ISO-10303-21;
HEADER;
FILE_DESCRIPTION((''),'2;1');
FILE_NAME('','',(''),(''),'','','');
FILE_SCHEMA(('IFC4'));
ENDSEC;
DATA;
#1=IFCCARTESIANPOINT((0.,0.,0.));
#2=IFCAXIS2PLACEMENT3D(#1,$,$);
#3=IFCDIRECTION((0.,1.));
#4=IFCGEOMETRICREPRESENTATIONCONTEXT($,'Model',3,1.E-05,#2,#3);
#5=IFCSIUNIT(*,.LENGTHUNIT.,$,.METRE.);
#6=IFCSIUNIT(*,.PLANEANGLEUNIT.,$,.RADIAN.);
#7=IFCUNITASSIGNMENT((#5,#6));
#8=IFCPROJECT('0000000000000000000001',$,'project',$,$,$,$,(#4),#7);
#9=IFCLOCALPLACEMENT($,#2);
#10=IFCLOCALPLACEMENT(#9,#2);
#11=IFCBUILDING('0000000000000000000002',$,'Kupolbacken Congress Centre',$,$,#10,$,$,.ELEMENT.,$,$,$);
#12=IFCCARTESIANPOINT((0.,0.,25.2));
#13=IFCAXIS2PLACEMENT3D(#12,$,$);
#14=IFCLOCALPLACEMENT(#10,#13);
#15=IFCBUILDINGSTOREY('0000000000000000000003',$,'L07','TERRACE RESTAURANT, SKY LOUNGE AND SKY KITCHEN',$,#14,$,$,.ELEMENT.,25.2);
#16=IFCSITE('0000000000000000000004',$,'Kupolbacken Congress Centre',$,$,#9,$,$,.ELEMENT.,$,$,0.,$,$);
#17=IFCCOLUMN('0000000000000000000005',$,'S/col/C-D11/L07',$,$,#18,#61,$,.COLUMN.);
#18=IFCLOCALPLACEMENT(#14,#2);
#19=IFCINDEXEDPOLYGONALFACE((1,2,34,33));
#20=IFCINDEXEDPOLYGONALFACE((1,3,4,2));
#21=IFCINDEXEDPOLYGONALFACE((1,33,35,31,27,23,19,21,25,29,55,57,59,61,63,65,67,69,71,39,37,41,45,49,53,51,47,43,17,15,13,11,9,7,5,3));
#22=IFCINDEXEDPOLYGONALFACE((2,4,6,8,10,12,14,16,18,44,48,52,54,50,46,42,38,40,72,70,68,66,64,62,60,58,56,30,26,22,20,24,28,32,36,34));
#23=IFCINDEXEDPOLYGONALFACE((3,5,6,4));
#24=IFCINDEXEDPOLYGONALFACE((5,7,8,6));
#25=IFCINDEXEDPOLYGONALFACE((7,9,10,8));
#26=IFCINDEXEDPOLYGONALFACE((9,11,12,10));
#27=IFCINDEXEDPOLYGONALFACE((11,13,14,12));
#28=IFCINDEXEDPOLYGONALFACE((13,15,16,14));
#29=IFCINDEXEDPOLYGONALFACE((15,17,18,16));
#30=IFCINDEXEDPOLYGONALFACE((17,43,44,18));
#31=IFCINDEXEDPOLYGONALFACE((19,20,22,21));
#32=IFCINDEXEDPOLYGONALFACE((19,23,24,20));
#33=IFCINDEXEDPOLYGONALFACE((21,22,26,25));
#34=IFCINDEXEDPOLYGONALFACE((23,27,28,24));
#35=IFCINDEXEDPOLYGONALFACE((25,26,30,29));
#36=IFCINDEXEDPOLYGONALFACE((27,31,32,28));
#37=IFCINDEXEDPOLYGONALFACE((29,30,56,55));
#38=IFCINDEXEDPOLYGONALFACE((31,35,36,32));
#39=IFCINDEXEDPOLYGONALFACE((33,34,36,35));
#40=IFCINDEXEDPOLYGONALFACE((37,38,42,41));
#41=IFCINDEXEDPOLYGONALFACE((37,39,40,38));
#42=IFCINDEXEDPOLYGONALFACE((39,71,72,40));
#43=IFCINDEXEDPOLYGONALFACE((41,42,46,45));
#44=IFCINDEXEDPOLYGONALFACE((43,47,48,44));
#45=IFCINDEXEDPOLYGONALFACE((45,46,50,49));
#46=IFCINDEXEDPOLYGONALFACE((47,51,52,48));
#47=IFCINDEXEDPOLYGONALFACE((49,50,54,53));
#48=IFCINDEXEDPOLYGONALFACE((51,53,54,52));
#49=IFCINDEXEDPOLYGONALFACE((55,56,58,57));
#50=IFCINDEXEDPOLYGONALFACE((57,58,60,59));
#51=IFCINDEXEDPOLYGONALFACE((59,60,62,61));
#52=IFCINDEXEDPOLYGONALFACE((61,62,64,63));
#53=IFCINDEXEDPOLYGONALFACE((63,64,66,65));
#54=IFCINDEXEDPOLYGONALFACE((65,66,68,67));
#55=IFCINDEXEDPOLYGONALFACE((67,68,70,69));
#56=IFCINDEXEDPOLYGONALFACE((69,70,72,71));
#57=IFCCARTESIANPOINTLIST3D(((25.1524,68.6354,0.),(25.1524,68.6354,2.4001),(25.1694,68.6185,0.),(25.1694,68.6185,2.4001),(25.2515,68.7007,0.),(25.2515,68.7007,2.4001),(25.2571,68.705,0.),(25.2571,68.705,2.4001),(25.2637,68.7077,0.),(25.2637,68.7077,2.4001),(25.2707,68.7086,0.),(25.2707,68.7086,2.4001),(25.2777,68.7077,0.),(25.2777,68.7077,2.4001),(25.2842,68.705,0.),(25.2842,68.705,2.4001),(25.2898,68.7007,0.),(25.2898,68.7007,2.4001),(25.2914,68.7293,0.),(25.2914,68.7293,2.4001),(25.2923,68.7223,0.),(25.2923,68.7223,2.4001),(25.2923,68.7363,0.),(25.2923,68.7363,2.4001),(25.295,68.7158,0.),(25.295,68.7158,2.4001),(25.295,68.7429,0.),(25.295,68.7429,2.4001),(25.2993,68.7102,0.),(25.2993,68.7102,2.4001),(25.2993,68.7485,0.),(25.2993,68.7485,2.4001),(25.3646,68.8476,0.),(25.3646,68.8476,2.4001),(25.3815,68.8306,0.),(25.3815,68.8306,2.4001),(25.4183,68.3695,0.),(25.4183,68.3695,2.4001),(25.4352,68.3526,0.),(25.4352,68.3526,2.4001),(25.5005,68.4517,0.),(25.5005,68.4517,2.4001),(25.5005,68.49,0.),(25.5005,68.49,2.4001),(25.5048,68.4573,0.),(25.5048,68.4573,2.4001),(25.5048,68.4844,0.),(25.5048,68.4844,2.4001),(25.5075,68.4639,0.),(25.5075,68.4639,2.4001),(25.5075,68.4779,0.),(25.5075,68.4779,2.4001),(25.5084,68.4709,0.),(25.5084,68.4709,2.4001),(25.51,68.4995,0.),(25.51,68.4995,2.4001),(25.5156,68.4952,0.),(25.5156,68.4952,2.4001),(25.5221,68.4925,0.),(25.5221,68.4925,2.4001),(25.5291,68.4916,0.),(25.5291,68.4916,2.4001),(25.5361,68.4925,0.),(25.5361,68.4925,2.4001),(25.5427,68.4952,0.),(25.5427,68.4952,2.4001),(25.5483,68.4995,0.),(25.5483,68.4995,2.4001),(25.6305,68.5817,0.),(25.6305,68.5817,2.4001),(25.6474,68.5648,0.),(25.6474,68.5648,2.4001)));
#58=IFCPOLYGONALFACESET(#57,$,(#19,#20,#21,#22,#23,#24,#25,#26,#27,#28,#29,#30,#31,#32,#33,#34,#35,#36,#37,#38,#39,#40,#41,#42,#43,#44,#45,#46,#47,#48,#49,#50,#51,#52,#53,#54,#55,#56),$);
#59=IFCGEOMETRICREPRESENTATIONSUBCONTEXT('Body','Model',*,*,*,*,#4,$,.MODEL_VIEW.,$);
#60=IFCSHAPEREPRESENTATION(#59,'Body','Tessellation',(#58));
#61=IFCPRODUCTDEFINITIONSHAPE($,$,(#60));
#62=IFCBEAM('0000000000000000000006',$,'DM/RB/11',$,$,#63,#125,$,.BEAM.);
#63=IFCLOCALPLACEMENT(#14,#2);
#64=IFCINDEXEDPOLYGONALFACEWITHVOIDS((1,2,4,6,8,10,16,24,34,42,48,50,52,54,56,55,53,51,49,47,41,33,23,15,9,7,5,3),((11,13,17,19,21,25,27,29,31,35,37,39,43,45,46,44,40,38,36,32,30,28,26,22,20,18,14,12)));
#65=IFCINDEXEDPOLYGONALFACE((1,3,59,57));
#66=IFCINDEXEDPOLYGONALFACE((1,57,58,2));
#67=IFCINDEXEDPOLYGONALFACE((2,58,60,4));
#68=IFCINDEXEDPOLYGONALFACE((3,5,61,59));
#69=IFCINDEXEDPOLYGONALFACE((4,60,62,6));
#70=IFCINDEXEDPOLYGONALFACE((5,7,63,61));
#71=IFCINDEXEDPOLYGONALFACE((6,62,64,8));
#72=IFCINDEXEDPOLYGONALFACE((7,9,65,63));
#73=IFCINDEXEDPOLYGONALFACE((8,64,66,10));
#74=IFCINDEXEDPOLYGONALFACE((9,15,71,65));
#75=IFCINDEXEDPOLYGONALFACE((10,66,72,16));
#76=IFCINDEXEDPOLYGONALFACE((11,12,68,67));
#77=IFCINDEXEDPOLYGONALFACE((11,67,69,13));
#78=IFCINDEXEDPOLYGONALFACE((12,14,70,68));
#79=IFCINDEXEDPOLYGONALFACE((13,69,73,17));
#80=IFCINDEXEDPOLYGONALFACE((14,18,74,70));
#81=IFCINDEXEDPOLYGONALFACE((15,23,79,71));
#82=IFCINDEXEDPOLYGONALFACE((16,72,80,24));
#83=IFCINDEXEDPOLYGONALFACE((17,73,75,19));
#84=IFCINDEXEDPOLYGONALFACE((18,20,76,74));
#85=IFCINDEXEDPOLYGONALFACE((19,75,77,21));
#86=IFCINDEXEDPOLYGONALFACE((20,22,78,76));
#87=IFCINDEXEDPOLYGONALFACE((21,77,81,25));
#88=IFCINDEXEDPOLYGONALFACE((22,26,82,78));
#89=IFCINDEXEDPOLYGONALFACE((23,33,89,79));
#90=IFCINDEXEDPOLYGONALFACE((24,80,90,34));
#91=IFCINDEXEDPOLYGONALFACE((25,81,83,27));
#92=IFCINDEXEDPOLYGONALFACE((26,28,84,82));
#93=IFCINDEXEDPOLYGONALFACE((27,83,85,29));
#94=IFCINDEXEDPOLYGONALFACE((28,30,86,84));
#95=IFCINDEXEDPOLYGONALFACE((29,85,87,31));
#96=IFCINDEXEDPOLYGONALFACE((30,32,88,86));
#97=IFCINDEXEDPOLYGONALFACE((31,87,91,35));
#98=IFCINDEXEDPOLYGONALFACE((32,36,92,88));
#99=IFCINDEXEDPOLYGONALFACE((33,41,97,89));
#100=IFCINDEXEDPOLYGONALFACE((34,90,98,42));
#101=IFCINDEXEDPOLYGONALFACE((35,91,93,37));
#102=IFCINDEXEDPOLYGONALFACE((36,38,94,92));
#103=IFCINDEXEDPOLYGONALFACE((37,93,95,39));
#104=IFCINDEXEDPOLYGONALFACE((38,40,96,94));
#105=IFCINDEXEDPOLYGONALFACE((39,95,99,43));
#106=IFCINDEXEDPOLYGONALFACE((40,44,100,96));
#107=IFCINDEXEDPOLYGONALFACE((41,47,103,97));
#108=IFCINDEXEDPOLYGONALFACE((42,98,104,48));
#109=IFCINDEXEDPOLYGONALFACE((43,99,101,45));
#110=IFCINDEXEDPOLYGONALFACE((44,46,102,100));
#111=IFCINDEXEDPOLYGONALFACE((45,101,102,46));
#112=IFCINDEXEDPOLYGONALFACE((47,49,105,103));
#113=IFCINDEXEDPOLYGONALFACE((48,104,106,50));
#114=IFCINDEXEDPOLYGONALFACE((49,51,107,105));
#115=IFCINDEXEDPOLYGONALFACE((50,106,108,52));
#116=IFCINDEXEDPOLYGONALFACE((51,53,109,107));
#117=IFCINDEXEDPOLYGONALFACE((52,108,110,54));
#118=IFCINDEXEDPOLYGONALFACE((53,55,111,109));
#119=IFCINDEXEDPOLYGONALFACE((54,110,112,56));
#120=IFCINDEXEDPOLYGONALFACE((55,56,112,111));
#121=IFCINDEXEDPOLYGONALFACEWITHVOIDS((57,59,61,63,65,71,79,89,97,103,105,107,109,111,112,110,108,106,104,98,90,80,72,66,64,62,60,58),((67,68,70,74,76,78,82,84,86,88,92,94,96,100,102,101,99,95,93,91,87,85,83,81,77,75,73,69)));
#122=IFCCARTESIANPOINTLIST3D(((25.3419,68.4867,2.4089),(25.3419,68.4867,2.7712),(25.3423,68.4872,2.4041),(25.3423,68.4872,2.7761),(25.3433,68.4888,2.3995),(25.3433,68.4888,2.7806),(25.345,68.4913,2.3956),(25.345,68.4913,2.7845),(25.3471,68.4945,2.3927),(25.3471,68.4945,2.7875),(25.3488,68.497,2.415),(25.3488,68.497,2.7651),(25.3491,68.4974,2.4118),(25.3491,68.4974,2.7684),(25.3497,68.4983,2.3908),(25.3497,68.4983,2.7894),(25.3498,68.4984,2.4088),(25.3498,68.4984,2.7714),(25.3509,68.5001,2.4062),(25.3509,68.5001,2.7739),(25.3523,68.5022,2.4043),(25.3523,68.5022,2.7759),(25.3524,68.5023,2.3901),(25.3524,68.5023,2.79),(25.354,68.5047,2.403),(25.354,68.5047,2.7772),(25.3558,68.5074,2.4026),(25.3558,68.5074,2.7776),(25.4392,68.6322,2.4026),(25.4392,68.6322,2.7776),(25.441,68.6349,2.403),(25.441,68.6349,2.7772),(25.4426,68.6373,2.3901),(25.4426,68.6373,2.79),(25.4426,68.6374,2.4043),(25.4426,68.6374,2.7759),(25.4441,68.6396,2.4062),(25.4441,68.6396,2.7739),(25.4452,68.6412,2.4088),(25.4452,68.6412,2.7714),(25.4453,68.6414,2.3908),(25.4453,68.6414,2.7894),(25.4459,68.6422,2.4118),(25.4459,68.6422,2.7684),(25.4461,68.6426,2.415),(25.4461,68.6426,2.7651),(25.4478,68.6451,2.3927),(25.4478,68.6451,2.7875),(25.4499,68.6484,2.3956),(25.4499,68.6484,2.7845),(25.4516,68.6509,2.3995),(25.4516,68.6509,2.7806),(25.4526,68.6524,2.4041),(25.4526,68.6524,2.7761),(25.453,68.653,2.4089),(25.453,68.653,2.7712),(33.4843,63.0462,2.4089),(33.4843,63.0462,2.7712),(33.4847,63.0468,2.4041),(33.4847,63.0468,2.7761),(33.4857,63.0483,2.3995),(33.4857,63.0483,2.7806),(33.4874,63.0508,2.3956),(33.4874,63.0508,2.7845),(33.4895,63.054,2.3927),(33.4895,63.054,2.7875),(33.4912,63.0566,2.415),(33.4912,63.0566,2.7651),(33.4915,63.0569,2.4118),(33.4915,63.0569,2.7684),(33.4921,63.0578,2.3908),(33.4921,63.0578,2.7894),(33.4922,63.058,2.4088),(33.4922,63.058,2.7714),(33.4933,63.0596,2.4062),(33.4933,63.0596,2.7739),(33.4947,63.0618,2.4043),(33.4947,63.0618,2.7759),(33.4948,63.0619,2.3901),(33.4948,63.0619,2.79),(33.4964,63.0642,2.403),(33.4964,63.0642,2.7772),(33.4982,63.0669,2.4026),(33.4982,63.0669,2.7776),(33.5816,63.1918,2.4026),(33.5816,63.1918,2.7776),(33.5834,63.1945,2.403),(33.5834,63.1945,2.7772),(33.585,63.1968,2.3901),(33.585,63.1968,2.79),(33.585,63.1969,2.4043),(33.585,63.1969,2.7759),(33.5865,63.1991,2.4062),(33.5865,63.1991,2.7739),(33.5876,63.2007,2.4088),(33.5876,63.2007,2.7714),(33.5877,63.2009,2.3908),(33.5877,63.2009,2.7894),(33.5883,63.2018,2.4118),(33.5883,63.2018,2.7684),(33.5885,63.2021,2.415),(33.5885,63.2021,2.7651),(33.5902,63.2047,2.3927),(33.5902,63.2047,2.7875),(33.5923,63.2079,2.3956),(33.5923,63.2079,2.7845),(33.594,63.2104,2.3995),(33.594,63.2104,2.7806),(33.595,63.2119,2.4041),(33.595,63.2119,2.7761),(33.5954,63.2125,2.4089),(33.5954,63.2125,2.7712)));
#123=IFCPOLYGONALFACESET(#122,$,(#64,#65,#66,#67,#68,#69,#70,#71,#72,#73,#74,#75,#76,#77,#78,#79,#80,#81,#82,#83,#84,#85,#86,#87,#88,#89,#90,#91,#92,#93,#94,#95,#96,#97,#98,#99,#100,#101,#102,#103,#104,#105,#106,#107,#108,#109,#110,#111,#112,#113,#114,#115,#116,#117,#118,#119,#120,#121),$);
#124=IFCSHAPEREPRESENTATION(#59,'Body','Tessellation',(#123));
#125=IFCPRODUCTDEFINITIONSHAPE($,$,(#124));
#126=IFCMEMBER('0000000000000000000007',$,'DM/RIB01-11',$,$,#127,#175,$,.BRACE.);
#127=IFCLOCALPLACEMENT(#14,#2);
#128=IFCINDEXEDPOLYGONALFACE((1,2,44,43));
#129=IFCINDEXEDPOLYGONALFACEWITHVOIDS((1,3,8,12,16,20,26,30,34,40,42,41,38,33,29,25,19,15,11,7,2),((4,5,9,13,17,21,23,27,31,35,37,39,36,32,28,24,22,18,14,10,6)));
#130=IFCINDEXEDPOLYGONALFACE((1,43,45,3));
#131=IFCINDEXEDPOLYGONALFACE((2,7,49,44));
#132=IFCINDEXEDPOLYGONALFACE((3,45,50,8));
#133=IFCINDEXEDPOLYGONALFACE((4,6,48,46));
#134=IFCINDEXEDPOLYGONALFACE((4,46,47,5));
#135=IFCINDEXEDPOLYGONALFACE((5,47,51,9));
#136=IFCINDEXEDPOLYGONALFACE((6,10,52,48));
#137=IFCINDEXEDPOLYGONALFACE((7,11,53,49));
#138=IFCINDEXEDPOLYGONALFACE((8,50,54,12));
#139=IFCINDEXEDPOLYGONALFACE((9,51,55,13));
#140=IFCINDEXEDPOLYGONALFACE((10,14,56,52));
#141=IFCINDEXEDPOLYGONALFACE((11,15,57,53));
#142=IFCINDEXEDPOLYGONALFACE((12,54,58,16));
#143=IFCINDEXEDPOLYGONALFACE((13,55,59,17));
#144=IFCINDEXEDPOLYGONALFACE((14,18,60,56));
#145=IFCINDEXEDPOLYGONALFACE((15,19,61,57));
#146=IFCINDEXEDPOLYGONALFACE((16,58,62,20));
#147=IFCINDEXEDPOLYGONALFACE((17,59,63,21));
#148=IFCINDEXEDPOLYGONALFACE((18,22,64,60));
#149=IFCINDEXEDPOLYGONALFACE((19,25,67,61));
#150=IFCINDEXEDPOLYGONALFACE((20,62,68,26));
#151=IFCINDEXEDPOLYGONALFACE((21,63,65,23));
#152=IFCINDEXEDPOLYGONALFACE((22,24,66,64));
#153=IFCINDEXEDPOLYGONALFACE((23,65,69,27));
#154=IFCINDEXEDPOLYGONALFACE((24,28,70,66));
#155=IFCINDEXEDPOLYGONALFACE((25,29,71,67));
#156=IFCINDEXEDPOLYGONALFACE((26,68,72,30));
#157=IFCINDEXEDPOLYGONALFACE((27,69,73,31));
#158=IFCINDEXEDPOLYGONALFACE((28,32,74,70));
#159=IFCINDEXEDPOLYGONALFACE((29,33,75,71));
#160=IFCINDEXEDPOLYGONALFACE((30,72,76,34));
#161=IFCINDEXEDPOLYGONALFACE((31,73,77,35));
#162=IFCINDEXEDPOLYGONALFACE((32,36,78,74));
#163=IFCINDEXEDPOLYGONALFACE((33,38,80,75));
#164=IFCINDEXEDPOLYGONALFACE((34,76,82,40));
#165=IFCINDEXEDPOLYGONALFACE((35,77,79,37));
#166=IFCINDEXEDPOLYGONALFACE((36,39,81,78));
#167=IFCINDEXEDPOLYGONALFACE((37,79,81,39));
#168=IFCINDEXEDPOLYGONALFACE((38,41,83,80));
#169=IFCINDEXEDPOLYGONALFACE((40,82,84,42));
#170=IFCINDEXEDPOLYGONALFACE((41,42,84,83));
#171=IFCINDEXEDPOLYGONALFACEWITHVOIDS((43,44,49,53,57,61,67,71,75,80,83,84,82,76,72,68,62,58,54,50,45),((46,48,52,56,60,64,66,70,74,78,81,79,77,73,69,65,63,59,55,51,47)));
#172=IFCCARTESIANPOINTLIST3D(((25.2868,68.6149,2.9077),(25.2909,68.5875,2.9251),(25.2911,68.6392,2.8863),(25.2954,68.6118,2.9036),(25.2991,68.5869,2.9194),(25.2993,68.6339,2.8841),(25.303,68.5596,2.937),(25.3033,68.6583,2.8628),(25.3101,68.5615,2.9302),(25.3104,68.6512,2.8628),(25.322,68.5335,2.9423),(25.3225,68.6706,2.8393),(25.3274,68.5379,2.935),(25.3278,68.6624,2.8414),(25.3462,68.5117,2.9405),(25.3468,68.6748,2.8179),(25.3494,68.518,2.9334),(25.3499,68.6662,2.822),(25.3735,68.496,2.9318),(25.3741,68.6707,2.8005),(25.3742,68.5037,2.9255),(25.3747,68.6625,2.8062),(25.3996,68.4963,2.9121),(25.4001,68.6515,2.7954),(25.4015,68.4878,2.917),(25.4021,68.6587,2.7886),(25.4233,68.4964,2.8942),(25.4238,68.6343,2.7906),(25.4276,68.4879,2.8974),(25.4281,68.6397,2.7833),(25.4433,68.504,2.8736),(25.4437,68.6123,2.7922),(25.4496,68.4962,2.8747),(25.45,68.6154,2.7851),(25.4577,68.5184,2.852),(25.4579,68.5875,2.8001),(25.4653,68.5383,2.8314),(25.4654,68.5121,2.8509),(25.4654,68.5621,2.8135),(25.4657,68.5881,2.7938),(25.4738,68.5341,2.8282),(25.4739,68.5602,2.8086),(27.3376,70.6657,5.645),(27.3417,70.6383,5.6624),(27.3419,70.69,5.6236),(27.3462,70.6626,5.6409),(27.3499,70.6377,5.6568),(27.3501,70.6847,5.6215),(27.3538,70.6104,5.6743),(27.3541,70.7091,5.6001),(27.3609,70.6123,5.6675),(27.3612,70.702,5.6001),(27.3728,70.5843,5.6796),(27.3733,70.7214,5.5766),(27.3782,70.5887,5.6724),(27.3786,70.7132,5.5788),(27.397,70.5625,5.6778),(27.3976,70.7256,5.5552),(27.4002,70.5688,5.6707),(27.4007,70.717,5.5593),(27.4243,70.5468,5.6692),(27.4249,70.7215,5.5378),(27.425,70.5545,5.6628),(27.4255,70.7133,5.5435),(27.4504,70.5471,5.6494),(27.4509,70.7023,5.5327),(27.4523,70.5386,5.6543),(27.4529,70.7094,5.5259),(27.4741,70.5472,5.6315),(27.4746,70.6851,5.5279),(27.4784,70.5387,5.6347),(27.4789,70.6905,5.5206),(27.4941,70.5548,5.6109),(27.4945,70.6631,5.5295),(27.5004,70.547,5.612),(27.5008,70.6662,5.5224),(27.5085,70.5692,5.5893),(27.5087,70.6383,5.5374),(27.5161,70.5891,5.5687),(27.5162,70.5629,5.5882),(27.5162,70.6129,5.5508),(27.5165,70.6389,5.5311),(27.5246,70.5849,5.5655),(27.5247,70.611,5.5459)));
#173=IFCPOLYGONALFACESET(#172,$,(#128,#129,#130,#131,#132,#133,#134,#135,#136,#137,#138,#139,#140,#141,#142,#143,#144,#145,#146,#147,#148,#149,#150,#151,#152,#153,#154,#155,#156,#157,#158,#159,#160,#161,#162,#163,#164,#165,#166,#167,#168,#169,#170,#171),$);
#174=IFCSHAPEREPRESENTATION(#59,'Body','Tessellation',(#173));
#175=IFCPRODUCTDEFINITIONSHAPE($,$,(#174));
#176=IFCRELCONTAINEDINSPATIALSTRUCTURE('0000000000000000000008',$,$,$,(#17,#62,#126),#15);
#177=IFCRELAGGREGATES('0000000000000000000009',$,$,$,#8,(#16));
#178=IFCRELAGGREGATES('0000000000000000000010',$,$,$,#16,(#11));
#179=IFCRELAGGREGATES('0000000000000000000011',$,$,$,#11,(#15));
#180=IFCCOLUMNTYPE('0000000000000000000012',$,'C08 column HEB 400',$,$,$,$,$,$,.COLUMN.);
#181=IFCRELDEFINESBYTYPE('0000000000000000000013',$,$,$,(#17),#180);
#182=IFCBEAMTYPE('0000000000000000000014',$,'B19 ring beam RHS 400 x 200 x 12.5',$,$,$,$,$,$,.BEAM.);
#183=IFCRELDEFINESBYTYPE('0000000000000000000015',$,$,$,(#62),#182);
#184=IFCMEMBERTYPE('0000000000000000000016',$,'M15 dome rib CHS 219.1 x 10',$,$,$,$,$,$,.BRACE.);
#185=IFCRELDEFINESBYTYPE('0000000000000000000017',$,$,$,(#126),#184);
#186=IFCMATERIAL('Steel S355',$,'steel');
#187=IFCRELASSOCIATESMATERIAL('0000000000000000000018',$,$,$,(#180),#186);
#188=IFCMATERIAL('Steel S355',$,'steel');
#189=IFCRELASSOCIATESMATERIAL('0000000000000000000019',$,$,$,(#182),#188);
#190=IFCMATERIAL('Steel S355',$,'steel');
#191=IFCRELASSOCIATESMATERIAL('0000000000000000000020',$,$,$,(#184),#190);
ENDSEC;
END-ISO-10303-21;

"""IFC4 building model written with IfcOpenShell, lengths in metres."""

from ifc_helpers import new_model, si_unit, direction, frame, origin, origin_2d, place, context, subcontext, project, spatial, hollow_rectangle, hollow_circle, i_section, extrude, material, material_profile, profile_set, type_object, element, save


model = new_model("IFC4")

# Units and contexts
model_context = context("Model", 3, precision=1e-05, world=origin(), true_north=direction((0.0, 1.0)))
body_context = subcontext(model_context, "Body", "Model", "MODEL_VIEW")
ifc_project = project(units=[si_unit("LENGTHUNIT", "METRE"), si_unit("PLANEANGLEUNIT", "RADIAN")], contexts=[model_context])

# Site, building, storey
site_placement = place(None, origin())
site = spatial("IfcSite", under=ifc_project, at=site_placement, Name="Kupolbacken Congress Centre", CompositionType="ELEMENT", RefElevation=0.0)
building_placement = place(site_placement, origin())
building = spatial("IfcBuilding", under=site, at=building_placement, Name="Kupolbacken Congress Centre", CompositionType="ELEMENT")
storey_placement = place(building_placement, frame((0.0, 0.0, 25.2)))
storey = spatial("IfcBuildingStorey", under=building, at=storey_placement, Name="L07", Description="TERRACE RESTAURANT, SKY LOUNGE AND SKY KITCHEN", CompositionType="ELEMENT", Elevation=25.2)

# Column
ifc_material_1 = material(Name="Steel S355", Category="steel")
ifc_material_profile_1 = material_profile(ifc_material_1, i_section(OverallWidth=0.3, OverallDepth=0.3999, WebThickness=0.0134, FlangeThickness=0.0239, FilletRadius=0.0271, at=origin_2d()), Name="HEB 400")
ifc_profile_set_1 = profile_set([ifc_material_profile_1], Name="Steel S355")
column_type = type_object("IfcColumnType", Name="C08 column HEB 400", PredefinedType="COLUMN", material=ifc_profile_set_1)
column_placement = place(storey_placement, frame((25.3999, 68.6001, 0.0), z_axis=(0.0, 0.0, 1.0), x_axis=(-0.707107, -0.707107, 0.0)))
element("IfcColumn", 1, at=column_placement, inside=storey, type_object=column_type, Name="S/col/C-D11/L07", PredefinedType="COLUMN", context=body_context, shape_type="SweptSolid", body=[
    extrude(i_section(OverallWidth=0.3, OverallDepth=0.3999, WebThickness=0.0134, FlangeThickness=0.0239, FilletRadius=0.0271, at=origin_2d()), origin(), (0.0, 0.0, 1.0), 2.4001),
])

# Beam
ifc_material_2 = material(Name="Steel S355", Category="steel")
ifc_material_profile_2 = material_profile(ifc_material_2, hollow_rectangle(XDim=0.2, YDim=0.3999, WallThickness=0.0125, InnerFilletRadius=0.0125, OuterFilletRadius=0.0188, at=origin_2d()), Name="RHS 400 x 200 x 12.5")
ifc_profile_set_2 = profile_set([ifc_material_profile_2], Name="Steel S355")
beam_type = type_object("IfcBeamType", Name="B19 ring beam RHS 400 x 200 x 12.5", PredefinedType="BEAM", material=ifc_profile_set_2)
beam_placement = place(storey_placement, frame((25.3975, 68.5698, 2.5901), z_axis=(0.831475, -0.555563, 0.0), x_axis=(0.555563, 0.831475, 0.0)))
element("IfcBeam", 2, at=beam_placement, inside=storey, type_object=beam_type, Name="DM/RB/11", PredefinedType="BEAM", context=body_context, shape_type="SweptSolid", body=[
    extrude(hollow_rectangle(XDim=0.2, YDim=0.3999, WallThickness=0.0125, InnerFilletRadius=0.0125, OuterFilletRadius=0.0188, at=origin_2d()), origin(), (0.0, 0.0, 1.0), 9.7927),
])

# Member
ifc_material_3 = material(Name="Steel S355", Category="steel")
ifc_material_profile_3 = material_profile(ifc_material_3, hollow_circle(Radius=0.1096, WallThickness=0.01, at=origin_2d()), Name="CHS 219.1 x 10")
ifc_profile_set_3 = profile_set([ifc_material_profile_3], Name="Steel S355")
member_type_1 = type_object("IfcMemberType", Name="M15 dome rib CHS 219.1 x 10", PredefinedType="BRACE", material=ifc_profile_set_3)
member_1_placement = place(storey_placement, frame((25.3809, 68.5808, 2.8628), z_axis=(0.514236, 0.514236, 0.686383), x_axis=(-0.707107, 0.707107, 0.0)))
element("IfcMember", 3, at=member_1_placement, inside=storey, type_object=member_type_1, Name="DM/RIB01-11", PredefinedType="BRACE", context=body_context, shape_type="SweptSolid", body=[
    extrude(hollow_circle(Radius=0.1096, WallThickness=0.01, at=origin_2d()), origin(), (0.0, 0.0, 1.0), 3.988),
])

save(model, "model.ifc")
